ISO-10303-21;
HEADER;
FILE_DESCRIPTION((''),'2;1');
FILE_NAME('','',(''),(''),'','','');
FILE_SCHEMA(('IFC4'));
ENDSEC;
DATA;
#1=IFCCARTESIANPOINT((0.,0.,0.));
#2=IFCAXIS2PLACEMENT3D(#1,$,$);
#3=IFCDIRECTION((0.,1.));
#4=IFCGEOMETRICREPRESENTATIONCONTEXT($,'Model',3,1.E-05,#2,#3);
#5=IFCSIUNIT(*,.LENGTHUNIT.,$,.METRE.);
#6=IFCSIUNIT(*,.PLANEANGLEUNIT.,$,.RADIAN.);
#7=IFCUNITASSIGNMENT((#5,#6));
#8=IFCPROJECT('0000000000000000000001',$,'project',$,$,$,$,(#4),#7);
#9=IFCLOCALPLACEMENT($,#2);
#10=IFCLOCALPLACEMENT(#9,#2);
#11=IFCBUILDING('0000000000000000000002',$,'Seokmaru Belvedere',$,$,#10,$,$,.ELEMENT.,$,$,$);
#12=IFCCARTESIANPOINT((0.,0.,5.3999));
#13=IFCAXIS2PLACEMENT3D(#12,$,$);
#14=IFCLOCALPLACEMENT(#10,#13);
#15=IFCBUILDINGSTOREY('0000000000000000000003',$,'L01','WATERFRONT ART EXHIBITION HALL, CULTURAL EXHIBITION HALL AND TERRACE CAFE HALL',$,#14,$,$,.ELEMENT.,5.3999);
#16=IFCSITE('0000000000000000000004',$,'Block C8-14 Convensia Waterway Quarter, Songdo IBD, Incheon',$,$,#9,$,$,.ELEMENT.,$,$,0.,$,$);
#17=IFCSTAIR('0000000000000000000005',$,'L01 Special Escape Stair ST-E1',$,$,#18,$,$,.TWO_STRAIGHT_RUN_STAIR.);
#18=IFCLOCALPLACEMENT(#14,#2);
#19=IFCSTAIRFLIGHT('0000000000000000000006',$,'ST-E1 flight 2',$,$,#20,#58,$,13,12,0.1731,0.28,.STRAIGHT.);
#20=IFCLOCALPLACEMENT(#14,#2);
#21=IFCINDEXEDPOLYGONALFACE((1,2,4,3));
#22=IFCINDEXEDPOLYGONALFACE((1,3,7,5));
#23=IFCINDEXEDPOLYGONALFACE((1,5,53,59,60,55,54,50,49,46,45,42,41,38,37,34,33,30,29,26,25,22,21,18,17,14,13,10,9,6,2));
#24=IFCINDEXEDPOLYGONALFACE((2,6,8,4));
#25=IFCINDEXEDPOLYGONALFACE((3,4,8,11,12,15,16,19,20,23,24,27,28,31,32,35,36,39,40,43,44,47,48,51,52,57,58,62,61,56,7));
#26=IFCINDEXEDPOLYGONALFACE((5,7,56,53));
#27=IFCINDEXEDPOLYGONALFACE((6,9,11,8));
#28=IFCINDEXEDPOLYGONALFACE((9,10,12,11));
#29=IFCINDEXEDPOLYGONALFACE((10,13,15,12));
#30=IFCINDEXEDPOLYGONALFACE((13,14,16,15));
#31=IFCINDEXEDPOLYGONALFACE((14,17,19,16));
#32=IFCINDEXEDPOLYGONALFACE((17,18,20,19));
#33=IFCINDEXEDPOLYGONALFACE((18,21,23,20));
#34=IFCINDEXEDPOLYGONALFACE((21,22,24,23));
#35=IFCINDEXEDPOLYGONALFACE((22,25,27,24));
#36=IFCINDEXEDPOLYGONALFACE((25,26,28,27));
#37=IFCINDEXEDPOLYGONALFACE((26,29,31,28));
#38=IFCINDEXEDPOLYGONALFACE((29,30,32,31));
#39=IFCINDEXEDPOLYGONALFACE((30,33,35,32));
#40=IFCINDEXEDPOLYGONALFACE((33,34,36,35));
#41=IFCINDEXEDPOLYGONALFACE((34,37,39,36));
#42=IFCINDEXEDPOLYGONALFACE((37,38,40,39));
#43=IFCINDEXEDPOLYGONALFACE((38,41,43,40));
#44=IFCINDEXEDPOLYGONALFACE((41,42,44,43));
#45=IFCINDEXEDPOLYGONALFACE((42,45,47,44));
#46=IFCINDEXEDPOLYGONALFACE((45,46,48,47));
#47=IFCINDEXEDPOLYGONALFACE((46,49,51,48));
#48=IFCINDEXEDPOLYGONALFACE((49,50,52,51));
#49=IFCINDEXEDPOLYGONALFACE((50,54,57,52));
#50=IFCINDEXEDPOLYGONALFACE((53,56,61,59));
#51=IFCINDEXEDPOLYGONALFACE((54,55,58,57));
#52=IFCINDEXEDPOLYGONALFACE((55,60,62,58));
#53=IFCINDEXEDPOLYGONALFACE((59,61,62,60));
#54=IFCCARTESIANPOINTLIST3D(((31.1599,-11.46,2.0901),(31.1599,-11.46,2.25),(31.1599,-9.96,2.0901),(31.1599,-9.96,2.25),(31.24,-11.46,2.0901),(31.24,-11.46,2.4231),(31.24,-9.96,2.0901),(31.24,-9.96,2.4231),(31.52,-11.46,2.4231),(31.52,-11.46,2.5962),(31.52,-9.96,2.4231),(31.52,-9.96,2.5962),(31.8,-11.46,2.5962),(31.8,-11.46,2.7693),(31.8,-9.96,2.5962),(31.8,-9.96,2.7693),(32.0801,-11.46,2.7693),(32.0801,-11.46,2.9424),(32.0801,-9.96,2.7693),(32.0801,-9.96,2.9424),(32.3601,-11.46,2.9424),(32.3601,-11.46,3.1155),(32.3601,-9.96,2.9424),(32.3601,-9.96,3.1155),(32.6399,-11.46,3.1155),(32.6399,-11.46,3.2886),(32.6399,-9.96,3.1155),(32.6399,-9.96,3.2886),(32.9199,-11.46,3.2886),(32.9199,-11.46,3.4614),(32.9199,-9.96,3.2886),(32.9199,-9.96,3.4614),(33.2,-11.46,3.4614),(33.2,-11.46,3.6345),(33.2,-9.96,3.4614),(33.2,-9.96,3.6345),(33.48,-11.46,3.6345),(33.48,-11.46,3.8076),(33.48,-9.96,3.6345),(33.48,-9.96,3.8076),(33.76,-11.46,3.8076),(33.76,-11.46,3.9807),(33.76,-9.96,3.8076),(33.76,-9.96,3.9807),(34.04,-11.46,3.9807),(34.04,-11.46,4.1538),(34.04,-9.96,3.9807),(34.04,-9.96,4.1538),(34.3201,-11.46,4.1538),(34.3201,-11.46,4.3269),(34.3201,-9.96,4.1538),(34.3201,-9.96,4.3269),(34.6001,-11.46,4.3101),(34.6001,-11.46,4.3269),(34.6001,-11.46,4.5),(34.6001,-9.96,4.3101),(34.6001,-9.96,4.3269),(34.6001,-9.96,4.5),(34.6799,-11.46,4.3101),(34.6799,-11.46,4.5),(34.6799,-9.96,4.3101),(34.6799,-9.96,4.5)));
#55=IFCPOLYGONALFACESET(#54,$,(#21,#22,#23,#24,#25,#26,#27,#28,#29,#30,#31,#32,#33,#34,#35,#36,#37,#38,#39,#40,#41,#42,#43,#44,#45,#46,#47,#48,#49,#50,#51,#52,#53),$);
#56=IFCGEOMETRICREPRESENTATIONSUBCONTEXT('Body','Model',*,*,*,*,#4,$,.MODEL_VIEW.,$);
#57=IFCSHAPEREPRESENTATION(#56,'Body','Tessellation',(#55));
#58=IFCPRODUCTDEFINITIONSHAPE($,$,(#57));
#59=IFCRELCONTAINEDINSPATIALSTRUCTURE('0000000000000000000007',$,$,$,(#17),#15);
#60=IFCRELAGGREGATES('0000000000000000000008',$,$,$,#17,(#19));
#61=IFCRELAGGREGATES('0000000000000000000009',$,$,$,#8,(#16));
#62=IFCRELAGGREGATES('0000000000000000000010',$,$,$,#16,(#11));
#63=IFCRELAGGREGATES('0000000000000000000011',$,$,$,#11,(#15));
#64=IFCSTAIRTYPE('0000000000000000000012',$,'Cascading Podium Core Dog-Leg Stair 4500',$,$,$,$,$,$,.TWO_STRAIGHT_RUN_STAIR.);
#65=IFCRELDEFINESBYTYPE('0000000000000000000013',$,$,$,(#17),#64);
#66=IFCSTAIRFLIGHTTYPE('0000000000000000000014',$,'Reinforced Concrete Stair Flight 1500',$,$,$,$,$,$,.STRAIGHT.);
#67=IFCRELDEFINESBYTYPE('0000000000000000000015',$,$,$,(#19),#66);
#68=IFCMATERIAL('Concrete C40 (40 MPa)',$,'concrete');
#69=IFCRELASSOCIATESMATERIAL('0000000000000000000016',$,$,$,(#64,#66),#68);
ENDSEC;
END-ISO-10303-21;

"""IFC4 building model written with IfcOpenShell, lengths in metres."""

from ifc_helpers import new_model, si_unit, direction, frame, origin, place, context, subcontext, project, spatial, polyline, outline, extrude, material, type_object, element, aggregate, save


model = new_model("IFC4")

# Units and contexts
model_context = context("Model", 3, precision=1e-05, world=origin(), true_north=direction((0.0, 1.0)))
body_context = subcontext(model_context, "Body", "Model", "MODEL_VIEW")
ifc_project = project(units=[si_unit("LENGTHUNIT", "METRE"), si_unit("PLANEANGLEUNIT", "RADIAN")], contexts=[model_context])

# Site, building, storey
site_placement = place(None, origin())
site = spatial("IfcSite", under=ifc_project, at=site_placement, Name="Block C8-14 Convensia Waterway Quarter, Songdo IBD, Incheon", CompositionType="ELEMENT", RefElevation=0.0)
building_placement = place(site_placement, origin())
building = spatial("IfcBuilding", under=site, at=building_placement, Name="Seokmaru Belvedere", CompositionType="ELEMENT")
storey_placement = place(building_placement, frame((0.0, 0.0, 5.3999)))
storey = spatial("IfcBuildingStorey", under=building, at=storey_placement, Name="L01", Description="WATERFRONT ART EXHIBITION HALL, CULTURAL EXHIBITION HALL AND TERRACE CAFE HALL", CompositionType="ELEMENT", Elevation=5.3999)

# Stair, stair flight
ifc_material_1 = material(Name="Concrete C40 (40 MPa)", Category="concrete")
stair_type = type_object("IfcStairType", Name="Cascading Podium Core Dog-Leg Stair 4500", PredefinedType="TWO_STRAIGHT_RUN_STAIR", material=ifc_material_1)
stair_placement = place(storey_placement, origin())
stair = element("IfcStair", 1, at=stair_placement, inside=storey, type_object=stair_type, Name="L01 Special Escape Stair ST-E1", PredefinedType="TWO_STRAIGHT_RUN_STAIR")
stair_flight_type = type_object("IfcStairFlightType", Name="Reinforced Concrete Stair Flight 1500", PredefinedType="STRAIGHT", material=ifc_material_1)
stair_flight_1_placement = place(storey_placement, frame((31.24, -10.71, 2.25), z_axis=(0.0, 0.0, 1.0), x_axis=(1.0, 0.0, 0.0)))
stair_flight_1 = element("IfcStairFlight", 2, at=stair_flight_1_placement, type_object=stair_flight_type, Name="ST-E1 flight 2", NumberOfRisers=13, NumberOfTreads=12, PredefinedType="STRAIGHT", RiserHeight=0.1731, TreadLength=0.28, context=body_context, shape_type="SweptSolid", body=[
    extrude(outline(polyline([(-0.0801, 0.0), (0.0, 0.1731), (0.28, 0.1731), (0.28, 0.3462), (0.5601, 0.3462), (0.5601, 0.5193), (0.8401, 0.5193), (0.8401, 0.6924), (1.1201, 0.6924), (1.1201, 0.8655), (1.3999, 0.8655), (1.3999, 1.0386), (1.6799, 1.0386), (1.6799, 1.2114), (1.96, 1.2114), (1.96, 1.3845), (2.24, 1.3845), (2.24, 1.5576), (2.52, 1.5576), (2.52, 1.7307), (2.8, 1.7307), (2.8, 1.9038), (3.0801, 1.9038), (3.0801, 2.0769), (3.3601, 2.0769), (3.3601, 2.25), (3.4399, 2.25), (3.4399, 2.0601), (3.3601, 2.0601), (0.0, -0.1599), (-0.0801, -0.1599), (-0.0801, 0.0)])), frame((0.0, 0.75, 0.0), z_axis=(0.0, -1.0, 0.0), x_axis=(1.0, 0.0, 0.0)), (0.0, 0.0, 1.0), 1.5),
])
aggregate(stair, [stair_flight_1])

save(model, "model.ifc")
